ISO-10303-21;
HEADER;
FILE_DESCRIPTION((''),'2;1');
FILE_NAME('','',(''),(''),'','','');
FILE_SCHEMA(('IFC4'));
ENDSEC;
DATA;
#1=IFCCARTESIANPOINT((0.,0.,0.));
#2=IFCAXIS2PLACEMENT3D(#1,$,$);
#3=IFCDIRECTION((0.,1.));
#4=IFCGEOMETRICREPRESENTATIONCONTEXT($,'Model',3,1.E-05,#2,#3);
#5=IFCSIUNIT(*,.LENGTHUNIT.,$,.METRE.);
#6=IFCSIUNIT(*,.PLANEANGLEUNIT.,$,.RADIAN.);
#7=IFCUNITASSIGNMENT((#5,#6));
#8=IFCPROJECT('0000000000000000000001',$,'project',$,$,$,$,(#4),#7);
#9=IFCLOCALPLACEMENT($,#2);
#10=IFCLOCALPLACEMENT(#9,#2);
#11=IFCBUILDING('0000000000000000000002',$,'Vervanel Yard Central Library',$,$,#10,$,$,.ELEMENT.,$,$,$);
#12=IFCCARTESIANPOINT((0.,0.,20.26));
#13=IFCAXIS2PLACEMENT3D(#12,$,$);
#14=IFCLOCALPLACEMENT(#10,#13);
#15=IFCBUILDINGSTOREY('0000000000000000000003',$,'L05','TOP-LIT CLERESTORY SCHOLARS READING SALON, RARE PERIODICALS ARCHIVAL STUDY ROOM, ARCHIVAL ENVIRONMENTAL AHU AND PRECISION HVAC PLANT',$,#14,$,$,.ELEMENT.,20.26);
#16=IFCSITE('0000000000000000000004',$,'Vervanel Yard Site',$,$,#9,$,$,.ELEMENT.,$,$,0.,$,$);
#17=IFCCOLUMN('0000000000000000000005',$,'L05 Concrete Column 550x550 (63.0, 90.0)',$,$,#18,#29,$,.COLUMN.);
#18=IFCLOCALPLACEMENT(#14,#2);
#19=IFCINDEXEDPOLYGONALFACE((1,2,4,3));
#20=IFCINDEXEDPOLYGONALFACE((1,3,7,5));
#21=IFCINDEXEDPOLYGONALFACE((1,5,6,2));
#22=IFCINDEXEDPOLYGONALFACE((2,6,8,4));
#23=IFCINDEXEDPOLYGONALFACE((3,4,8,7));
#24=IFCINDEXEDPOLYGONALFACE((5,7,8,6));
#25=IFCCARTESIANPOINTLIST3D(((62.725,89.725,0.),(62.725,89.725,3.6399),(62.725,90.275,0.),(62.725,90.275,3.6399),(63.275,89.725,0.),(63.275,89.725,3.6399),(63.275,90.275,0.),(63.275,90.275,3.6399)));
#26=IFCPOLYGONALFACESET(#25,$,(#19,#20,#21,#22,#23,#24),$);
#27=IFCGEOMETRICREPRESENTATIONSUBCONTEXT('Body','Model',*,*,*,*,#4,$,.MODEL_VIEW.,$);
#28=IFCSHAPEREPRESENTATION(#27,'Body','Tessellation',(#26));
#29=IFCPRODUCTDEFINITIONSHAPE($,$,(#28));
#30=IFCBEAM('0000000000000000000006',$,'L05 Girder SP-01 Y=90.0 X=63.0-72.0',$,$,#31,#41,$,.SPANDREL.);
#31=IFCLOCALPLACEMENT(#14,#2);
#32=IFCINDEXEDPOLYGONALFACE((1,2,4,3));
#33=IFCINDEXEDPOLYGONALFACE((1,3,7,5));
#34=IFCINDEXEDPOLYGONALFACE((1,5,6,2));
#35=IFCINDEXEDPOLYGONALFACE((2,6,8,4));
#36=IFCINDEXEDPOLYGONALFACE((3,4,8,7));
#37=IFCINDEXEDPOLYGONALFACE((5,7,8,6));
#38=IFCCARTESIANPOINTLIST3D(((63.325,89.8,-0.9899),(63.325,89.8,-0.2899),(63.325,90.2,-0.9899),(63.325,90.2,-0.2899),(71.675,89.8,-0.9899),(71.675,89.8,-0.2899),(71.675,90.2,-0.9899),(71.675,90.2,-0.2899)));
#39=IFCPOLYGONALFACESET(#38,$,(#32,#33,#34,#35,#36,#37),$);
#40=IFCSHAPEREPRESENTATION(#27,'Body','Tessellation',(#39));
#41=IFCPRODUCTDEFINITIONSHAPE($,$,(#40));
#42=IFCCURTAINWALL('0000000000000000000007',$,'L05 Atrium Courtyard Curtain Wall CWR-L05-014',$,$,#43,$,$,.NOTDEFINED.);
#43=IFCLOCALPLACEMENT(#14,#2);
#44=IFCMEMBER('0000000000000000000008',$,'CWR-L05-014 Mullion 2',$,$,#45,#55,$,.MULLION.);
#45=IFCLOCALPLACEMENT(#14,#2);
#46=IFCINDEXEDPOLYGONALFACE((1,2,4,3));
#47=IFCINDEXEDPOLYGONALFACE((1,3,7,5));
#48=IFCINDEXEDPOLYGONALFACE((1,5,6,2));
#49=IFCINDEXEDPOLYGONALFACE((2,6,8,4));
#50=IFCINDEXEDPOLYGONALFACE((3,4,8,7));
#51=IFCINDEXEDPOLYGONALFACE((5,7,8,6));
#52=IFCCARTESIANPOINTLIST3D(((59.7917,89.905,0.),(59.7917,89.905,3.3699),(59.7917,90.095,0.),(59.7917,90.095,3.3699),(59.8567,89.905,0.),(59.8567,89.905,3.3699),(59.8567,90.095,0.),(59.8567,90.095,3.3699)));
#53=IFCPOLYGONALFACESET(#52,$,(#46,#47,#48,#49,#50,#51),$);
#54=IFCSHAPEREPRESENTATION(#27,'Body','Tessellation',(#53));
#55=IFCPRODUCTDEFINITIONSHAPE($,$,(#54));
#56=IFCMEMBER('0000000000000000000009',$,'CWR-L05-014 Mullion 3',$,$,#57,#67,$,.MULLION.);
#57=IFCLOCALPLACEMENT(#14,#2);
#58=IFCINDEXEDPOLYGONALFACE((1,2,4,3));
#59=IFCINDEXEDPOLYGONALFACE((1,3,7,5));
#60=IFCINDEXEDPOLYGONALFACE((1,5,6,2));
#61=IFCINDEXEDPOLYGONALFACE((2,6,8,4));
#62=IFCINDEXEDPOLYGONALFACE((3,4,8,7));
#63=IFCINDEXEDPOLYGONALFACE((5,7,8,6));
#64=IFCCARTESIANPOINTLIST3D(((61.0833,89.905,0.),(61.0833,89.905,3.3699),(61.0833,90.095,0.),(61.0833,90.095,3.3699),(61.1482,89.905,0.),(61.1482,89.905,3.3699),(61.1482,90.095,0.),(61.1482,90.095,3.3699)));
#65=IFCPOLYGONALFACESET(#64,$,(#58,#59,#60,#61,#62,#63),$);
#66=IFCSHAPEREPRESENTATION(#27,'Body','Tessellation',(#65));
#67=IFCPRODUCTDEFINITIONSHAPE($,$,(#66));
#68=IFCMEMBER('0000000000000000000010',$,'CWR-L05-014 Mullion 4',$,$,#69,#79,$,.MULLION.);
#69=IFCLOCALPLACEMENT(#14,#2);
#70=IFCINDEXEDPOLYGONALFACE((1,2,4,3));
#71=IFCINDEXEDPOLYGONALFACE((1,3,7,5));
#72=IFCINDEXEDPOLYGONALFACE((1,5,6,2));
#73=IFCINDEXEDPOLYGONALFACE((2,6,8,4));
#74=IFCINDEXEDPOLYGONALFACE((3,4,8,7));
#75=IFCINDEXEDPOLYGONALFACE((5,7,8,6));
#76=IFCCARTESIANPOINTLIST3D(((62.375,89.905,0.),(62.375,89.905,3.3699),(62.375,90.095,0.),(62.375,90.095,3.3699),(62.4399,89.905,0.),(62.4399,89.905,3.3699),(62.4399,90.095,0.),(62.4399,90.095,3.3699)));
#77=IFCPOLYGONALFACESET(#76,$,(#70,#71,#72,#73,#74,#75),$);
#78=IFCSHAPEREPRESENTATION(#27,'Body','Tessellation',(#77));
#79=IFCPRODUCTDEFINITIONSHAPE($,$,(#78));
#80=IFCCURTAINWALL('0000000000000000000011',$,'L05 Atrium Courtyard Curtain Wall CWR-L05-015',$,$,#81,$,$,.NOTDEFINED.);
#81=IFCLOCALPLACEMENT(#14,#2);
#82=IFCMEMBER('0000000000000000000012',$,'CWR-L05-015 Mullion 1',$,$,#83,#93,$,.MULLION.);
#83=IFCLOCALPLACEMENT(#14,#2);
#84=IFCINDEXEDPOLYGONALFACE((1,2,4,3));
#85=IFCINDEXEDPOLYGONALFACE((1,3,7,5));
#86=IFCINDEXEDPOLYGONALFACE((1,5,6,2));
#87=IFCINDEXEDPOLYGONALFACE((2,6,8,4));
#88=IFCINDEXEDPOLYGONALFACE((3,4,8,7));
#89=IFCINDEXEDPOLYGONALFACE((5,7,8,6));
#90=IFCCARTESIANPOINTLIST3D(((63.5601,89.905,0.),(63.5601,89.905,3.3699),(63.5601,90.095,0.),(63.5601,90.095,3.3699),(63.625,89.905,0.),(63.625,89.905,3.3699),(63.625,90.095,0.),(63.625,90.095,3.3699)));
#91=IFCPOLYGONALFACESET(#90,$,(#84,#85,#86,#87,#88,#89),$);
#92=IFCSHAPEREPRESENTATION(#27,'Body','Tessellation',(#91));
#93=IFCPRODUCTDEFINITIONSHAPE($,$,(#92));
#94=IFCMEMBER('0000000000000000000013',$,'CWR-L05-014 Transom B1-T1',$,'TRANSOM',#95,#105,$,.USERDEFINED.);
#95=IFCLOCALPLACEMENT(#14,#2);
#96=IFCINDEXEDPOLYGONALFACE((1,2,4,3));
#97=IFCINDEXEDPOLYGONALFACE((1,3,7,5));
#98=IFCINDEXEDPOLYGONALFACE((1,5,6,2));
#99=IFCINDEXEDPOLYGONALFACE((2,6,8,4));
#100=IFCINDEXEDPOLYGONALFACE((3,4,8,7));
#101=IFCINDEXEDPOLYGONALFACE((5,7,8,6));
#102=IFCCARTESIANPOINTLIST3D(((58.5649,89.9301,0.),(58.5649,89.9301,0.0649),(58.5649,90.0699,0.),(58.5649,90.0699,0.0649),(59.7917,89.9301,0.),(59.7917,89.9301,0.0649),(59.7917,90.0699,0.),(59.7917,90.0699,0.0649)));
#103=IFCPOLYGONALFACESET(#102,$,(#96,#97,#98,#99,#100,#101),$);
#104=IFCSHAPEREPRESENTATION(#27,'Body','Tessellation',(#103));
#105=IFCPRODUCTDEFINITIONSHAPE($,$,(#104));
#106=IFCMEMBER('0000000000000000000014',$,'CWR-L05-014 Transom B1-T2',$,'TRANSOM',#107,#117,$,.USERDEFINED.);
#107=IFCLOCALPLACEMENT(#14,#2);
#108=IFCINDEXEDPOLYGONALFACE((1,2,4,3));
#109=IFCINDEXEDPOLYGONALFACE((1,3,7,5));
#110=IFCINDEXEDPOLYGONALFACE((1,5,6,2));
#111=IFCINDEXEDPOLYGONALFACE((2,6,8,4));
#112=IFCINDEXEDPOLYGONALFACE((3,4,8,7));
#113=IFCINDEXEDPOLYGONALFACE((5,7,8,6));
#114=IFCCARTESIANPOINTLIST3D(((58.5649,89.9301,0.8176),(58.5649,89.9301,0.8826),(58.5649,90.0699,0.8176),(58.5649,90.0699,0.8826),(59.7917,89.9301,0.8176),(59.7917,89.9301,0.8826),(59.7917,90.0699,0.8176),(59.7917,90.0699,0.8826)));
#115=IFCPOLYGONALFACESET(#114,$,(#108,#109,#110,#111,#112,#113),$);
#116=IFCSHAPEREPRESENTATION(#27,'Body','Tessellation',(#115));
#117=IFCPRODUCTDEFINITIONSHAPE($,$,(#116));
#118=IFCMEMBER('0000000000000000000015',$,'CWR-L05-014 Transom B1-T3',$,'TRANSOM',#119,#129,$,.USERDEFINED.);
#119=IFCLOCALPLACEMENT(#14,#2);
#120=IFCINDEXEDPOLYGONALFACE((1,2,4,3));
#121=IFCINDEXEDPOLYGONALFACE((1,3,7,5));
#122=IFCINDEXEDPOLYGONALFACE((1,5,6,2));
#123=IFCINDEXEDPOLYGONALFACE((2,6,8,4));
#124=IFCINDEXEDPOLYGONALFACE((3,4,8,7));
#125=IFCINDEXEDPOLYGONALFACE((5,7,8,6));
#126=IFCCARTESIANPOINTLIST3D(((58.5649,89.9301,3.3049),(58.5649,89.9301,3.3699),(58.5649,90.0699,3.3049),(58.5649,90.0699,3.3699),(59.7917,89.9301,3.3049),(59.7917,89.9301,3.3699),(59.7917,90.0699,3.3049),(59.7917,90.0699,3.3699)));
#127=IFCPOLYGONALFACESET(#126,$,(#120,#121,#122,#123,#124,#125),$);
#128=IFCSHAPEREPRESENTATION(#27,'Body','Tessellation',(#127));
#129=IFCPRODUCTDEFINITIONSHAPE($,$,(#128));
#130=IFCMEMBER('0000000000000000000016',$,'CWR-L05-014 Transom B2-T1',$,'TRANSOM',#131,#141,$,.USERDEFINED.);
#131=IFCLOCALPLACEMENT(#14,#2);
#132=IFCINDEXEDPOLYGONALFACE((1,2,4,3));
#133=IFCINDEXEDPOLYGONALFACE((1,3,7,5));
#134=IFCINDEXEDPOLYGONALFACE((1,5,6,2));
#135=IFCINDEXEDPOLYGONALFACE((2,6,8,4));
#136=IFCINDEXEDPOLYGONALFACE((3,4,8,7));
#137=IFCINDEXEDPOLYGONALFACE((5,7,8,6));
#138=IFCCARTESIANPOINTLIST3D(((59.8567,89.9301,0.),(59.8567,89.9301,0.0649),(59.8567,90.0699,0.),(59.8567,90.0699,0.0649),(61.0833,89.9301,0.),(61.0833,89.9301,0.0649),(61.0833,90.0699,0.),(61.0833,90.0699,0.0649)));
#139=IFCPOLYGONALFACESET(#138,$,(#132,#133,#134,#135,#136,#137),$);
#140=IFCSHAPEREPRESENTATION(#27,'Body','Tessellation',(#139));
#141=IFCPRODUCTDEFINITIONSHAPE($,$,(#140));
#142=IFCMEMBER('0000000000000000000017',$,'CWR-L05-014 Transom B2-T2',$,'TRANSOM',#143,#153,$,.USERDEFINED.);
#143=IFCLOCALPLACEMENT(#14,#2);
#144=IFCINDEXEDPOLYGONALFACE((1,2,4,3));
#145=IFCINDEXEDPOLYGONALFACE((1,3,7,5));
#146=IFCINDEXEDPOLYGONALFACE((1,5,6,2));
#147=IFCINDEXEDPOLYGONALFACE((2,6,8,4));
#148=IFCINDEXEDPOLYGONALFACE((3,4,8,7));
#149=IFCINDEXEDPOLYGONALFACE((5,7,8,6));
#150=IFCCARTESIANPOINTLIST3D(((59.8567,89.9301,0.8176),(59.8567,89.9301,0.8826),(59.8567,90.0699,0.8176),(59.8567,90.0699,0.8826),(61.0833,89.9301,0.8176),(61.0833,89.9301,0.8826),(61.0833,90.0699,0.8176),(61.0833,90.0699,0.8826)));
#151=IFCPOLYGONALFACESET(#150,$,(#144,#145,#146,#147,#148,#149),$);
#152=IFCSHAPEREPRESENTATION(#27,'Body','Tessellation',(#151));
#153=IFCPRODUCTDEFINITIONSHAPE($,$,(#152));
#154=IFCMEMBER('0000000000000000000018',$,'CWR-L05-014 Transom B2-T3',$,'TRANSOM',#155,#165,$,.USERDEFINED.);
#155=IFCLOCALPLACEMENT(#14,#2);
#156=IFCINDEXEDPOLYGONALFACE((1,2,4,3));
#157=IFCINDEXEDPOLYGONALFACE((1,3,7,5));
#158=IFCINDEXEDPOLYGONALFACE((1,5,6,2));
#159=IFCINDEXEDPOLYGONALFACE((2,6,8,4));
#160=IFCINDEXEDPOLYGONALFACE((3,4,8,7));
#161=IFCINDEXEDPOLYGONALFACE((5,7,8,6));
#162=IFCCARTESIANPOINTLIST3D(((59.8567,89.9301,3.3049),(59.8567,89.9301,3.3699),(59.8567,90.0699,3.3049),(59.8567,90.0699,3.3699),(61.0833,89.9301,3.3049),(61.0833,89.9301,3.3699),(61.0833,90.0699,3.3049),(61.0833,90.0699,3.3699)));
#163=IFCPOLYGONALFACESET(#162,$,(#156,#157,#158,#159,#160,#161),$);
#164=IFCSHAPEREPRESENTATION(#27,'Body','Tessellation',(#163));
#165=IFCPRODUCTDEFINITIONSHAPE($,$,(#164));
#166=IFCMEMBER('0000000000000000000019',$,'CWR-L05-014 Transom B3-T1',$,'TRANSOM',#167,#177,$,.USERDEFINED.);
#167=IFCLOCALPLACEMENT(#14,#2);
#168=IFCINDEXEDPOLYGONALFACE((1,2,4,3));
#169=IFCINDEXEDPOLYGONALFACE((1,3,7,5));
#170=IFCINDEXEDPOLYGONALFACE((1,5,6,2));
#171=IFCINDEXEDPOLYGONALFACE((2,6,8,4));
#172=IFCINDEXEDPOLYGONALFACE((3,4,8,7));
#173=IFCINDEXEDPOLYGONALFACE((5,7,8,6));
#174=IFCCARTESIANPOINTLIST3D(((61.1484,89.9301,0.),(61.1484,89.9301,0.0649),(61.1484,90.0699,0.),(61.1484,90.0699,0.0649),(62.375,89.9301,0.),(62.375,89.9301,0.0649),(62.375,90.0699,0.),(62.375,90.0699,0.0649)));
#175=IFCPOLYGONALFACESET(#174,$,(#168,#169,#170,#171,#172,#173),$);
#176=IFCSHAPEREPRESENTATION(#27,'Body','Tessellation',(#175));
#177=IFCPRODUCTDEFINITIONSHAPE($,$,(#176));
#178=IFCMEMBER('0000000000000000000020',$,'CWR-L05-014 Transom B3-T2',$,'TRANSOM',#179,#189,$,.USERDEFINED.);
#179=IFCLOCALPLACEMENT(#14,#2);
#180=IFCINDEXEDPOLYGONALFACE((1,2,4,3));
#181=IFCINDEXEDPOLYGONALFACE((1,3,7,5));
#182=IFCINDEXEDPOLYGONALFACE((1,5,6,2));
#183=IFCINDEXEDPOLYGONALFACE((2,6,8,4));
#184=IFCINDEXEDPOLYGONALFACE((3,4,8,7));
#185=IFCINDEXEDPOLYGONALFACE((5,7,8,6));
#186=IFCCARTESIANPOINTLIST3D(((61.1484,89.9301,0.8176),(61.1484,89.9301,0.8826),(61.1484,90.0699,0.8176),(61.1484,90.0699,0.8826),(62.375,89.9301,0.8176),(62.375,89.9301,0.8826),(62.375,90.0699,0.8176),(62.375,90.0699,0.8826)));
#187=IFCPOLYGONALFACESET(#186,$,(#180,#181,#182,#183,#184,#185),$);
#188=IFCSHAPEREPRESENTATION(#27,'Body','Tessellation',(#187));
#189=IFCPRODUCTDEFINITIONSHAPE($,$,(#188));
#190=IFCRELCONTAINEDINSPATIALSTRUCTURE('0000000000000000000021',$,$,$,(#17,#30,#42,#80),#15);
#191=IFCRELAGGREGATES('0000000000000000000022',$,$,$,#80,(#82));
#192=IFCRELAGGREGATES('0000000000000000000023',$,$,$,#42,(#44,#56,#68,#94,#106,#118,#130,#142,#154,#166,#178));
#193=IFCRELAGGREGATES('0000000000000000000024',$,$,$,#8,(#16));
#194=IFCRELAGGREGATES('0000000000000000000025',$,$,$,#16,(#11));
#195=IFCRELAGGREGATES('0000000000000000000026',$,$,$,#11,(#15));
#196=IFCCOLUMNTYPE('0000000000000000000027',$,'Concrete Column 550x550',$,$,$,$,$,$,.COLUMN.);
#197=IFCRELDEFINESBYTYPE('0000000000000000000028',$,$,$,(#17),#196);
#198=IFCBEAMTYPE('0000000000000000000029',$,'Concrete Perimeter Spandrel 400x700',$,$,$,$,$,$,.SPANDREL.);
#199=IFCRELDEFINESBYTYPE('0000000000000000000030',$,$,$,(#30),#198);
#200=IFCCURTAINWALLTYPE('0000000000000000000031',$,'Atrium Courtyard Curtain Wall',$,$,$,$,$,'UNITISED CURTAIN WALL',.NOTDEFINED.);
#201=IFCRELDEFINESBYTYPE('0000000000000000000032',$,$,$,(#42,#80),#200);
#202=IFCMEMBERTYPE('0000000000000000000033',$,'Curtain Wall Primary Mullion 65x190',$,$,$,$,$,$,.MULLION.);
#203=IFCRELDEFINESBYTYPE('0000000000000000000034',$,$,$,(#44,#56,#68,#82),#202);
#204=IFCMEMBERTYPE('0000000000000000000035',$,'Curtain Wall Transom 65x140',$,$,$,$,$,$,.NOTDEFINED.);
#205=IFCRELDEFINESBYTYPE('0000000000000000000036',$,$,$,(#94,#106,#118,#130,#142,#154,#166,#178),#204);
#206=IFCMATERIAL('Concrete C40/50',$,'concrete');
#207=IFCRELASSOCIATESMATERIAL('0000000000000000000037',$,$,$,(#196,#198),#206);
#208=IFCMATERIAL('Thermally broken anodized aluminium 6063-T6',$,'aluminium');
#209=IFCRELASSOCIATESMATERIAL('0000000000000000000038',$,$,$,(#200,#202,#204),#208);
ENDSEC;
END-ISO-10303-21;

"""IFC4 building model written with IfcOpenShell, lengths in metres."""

from ifc_helpers import new_model, si_unit, direction, frame, origin, origin_2d, place, context, subcontext, project, spatial, rectangle, extrude, material, material_profile, profile_set, type_object, element, aggregate, save


model = new_model("IFC4")

# Units and contexts
model_context = context("Model", 3, precision=1e-05, world=origin(), true_north=direction((0.0, 1.0)))
body_context = subcontext(model_context, "Body", "Model", "MODEL_VIEW")
ifc_project = project(units=[si_unit("LENGTHUNIT", "METRE"), si_unit("PLANEANGLEUNIT", "RADIAN")], contexts=[model_context])

# Site, building, storey
site_placement = place(None, origin())
site = spatial("IfcSite", under=ifc_project, at=site_placement, Name="Vervanel Yard Site", CompositionType="ELEMENT", RefElevation=0.0)
building_placement = place(site_placement, origin())
building = spatial("IfcBuilding", under=site, at=building_placement, Name="Vervanel Yard Central Library", CompositionType="ELEMENT")
storey_placement = place(building_placement, frame((0.0, 0.0, 20.26)))
storey = spatial("IfcBuildingStorey", under=building, at=storey_placement, Name="L05", Description="TOP-LIT CLERESTORY SCHOLARS READING SALON, RARE PERIODICALS ARCHIVAL STUDY ROOM, ARCHIVAL ENVIRONMENTAL AHU AND PRECISION HVAC PLANT", CompositionType="ELEMENT", Elevation=20.26)

# Column
ifc_material_1 = material(Name="Concrete C40/50", Category="concrete")
ifc_material_profile_1 = material_profile(ifc_material_1, rectangle(XDim=0.55, YDim=0.55, at=origin_2d()), Name="RC 550x550", Category="concrete")
ifc_profile_set_1 = profile_set([ifc_material_profile_1], Name="Concrete C40/50")
column_type = type_object("IfcColumnType", Name="Concrete Column 550x550", PredefinedType="COLUMN", material=ifc_profile_set_1)
column_placement = place(storey_placement, frame((63.0, 90.0, 0.0), z_axis=(0.0, 0.0, 1.0), x_axis=(1.0, 0.0, 0.0)))
element("IfcColumn", 1, at=column_placement, inside=storey, type_object=column_type, Name="L05 Concrete Column 550x550 (63.0, 90.0)", PredefinedType="COLUMN", context=body_context, shape_type="SweptSolid", body=[
    extrude(rectangle(XDim=0.55, YDim=0.55, at=origin_2d()), origin(), (0.0, 0.0, 1.0), 3.6399),
])

# Beam
ifc_material_profile_2 = material_profile(ifc_material_1, rectangle(XDim=0.3999, YDim=0.7, at=origin_2d()), Name="RC 400x700", Category="concrete")
ifc_profile_set_2 = profile_set([ifc_material_profile_2], Name="Concrete C40/50")
beam_type = type_object("IfcBeamType", Name="Concrete Perimeter Spandrel 400x700", PredefinedType="SPANDREL", material=ifc_profile_set_2)
beam_placement = place(storey_placement, frame((63.325, 90.0, -0.6399), z_axis=(1.0, 0.0, 0.0), x_axis=(0.0, 1.0, 0.0)))
element("IfcBeam", 2, at=beam_placement, inside=storey, type_object=beam_type, Name="L05 Girder SP-01 Y=90.0 X=63.0-72.0", PredefinedType="SPANDREL", context=body_context, shape_type="SweptSolid", body=[
    extrude(rectangle(XDim=0.3999, YDim=0.7, at=origin_2d()), origin(), (0.0, 0.0, 1.0), 8.3501),
])

# Curtain wall, members
ifc_material_2 = material(Name="Thermally broken anodized aluminium 6063-T6", Category="aluminium")
curtain_wall_type = type_object("IfcCurtainWallType", Name="Atrium Courtyard Curtain Wall", ElementType="UNITISED CURTAIN WALL", PredefinedType="NOTDEFINED", material=ifc_material_2)
curtain_wall_1_placement = place(storey_placement, origin())
curtain_wall_1 = element("IfcCurtainWall", 3, at=curtain_wall_1_placement, inside=storey, type_object=curtain_wall_type, Name="L05 Atrium Courtyard Curtain Wall CWR-L05-014", PredefinedType="NOTDEFINED")
ifc_material_profile_3 = material_profile(ifc_material_2, rectangle(XDim=0.0649, YDim=0.1899, at=origin_2d()), Name="ALU 65x190", Category="aluminium")
ifc_profile_set_3 = profile_set([ifc_material_profile_3], Name="Thermally broken anodized aluminium 6063-T6")
member_type_1 = type_object("IfcMemberType", Name="Curtain Wall Primary Mullion 65x190", PredefinedType="MULLION", material=ifc_profile_set_3)
member_1_placement = place(storey_placement, frame((59.8242, 90.0, 0.0), z_axis=(0.0, 0.0, 1.0), x_axis=(1.0, 0.0, 0.0)))
member_1 = element("IfcMember", 4, at=member_1_placement, type_object=member_type_1, Name="CWR-L05-014 Mullion 2", PredefinedType="MULLION", context=body_context, shape_type="SweptSolid", body=[
    extrude(rectangle(XDim=0.0649, YDim=0.1899, at=origin_2d()), origin(), (0.0, 0.0, 1.0), 3.3699),
])
member_2_placement = place(storey_placement, frame((61.1157, 90.0, 0.0), z_axis=(0.0, 0.0, 1.0), x_axis=(1.0, 0.0, 0.0)))
member_2 = element("IfcMember", 5, at=member_2_placement, type_object=member_type_1, Name="CWR-L05-014 Mullion 3", PredefinedType="MULLION", context=body_context, shape_type="SweptSolid", body=[
    extrude(rectangle(XDim=0.0649, YDim=0.1899, at=origin_2d()), origin(), (0.0, 0.0, 1.0), 3.3699),
])
member_3_placement = place(storey_placement, frame((62.4075, 90.0, 0.0), z_axis=(0.0, 0.0, 1.0), x_axis=(1.0, 0.0, 0.0)))
member_3 = element("IfcMember", 6, at=member_3_placement, type_object=member_type_1, Name="CWR-L05-014 Mullion 4", PredefinedType="MULLION", context=body_context, shape_type="SweptSolid", body=[
    extrude(rectangle(XDim=0.0649, YDim=0.1899, at=origin_2d()), origin(), (0.0, 0.0, 1.0), 3.3699),
])

# Curtain wall, member
curtain_wall_2_placement = place(storey_placement, origin())
curtain_wall_2 = element("IfcCurtainWall", 7, at=curtain_wall_2_placement, inside=storey, type_object=curtain_wall_type, Name="L05 Atrium Courtyard Curtain Wall CWR-L05-015", PredefinedType="NOTDEFINED")
member_4_placement = place(storey_placement, frame((63.5925, 90.0, 0.0), z_axis=(0.0, 0.0, 1.0), x_axis=(1.0, 0.0, 0.0)))
member_4 = element("IfcMember", 8, at=member_4_placement, type_object=member_type_1, Name="CWR-L05-015 Mullion 1", PredefinedType="MULLION", context=body_context, shape_type="SweptSolid", body=[
    extrude(rectangle(XDim=0.0649, YDim=0.1899, at=origin_2d()), origin(), (0.0, 0.0, 1.0), 3.3699),
])

# Members
ifc_material_profile_4 = material_profile(ifc_material_2, rectangle(XDim=0.0649, YDim=0.1399, at=origin_2d()), Name="ALU 65x140", Category="aluminium")
ifc_profile_set_4 = profile_set([ifc_material_profile_4], Name="Thermally broken anodized aluminium 6063-T6")
member_type_2 = type_object("IfcMemberType", Name="Curtain Wall Transom 65x140", PredefinedType="NOTDEFINED", material=ifc_profile_set_4)
member_5_placement = place(storey_placement, frame((58.5649, 90.0, 0.0325), z_axis=(1.0, 0.0, 0.0), x_axis=(0.0, 0.0, 1.0)))
member_5 = element("IfcMember", 9, at=member_5_placement, type_object=member_type_2, Name="CWR-L05-014 Transom B1-T1", ObjectType="TRANSOM", PredefinedType="USERDEFINED", context=body_context, shape_type="SweptSolid", body=[
    extrude(rectangle(XDim=0.0649, YDim=0.1399, at=origin_2d()), origin(), (0.0, 0.0, 1.0), 1.2268),
])
member_6_placement = place(storey_placement, frame((58.5649, 90.0, 0.8501), z_axis=(1.0, 0.0, 0.0), x_axis=(0.0, 0.0, 1.0)))
member_6 = element("IfcMember", 10, at=member_6_placement, type_object=member_type_2, Name="CWR-L05-014 Transom B1-T2", ObjectType="TRANSOM", PredefinedType="USERDEFINED", context=body_context, shape_type="SweptSolid", body=[
    extrude(rectangle(XDim=0.0649, YDim=0.1399, at=origin_2d()), origin(), (0.0, 0.0, 1.0), 1.2268),
])
member_7_placement = place(storey_placement, frame((58.5649, 90.0, 3.3374), z_axis=(1.0, 0.0, 0.0), x_axis=(0.0, 0.0, 1.0)))
member_7 = element("IfcMember", 11, at=member_7_placement, type_object=member_type_2, Name="CWR-L05-014 Transom B1-T3", ObjectType="TRANSOM", PredefinedType="USERDEFINED", context=body_context, shape_type="SweptSolid", body=[
    extrude(rectangle(XDim=0.0649, YDim=0.1399, at=origin_2d()), origin(), (0.0, 0.0, 1.0), 1.2268),
])
member_8_placement = place(storey_placement, frame((59.8567, 90.0, 0.0325), z_axis=(1.0, 0.0, 0.0), x_axis=(0.0, 0.0, 1.0)))
member_8 = element("IfcMember", 12, at=member_8_placement, type_object=member_type_2, Name="CWR-L05-014 Transom B2-T1", ObjectType="TRANSOM", PredefinedType="USERDEFINED", context=body_context, shape_type="SweptSolid", body=[
    extrude(rectangle(XDim=0.0649, YDim=0.1399, at=origin_2d()), origin(), (0.0, 0.0, 1.0), 1.2266),
])
member_9_placement = place(storey_placement, frame((59.8567, 90.0, 0.8501), z_axis=(1.0, 0.0, 0.0), x_axis=(0.0, 0.0, 1.0)))
member_9 = element("IfcMember", 13, at=member_9_placement, type_object=member_type_2, Name="CWR-L05-014 Transom B2-T2", ObjectType="TRANSOM", PredefinedType="USERDEFINED", context=body_context, shape_type="SweptSolid", body=[
    extrude(rectangle(XDim=0.0649, YDim=0.1399, at=origin_2d()), origin(), (0.0, 0.0, 1.0), 1.2266),
])
member_10_placement = place(storey_placement, frame((59.8567, 90.0, 3.3374), z_axis=(1.0, 0.0, 0.0), x_axis=(0.0, 0.0, 1.0)))
member_10 = element("IfcMember", 14, at=member_10_placement, type_object=member_type_2, Name="CWR-L05-014 Transom B2-T3", ObjectType="TRANSOM", PredefinedType="USERDEFINED", context=body_context, shape_type="SweptSolid", body=[
    extrude(rectangle(XDim=0.0649, YDim=0.1399, at=origin_2d()), origin(), (0.0, 0.0, 1.0), 1.2266),
])
member_11_placement = place(storey_placement, frame((61.1484, 90.0, 0.0325), z_axis=(1.0, 0.0, 0.0), x_axis=(0.0, 0.0, 1.0)))
member_11 = element("IfcMember", 15, at=member_11_placement, type_object=member_type_2, Name="CWR-L05-014 Transom B3-T1", ObjectType="TRANSOM", PredefinedType="USERDEFINED", context=body_context, shape_type="SweptSolid", body=[
    extrude(rectangle(XDim=0.0649, YDim=0.1399, at=origin_2d()), origin(), (0.0, 0.0, 1.0), 1.2266),
])
member_12_placement = place(storey_placement, frame((61.1484, 90.0, 0.8501), z_axis=(1.0, 0.0, 0.0), x_axis=(0.0, 0.0, 1.0)))
member_12 = element("IfcMember", 16, at=member_12_placement, type_object=member_type_2, Name="CWR-L05-014 Transom B3-T2", ObjectType="TRANSOM", PredefinedType="USERDEFINED", context=body_context, shape_type="SweptSolid", body=[
    extrude(rectangle(XDim=0.0649, YDim=0.1399, at=origin_2d()), origin(), (0.0, 0.0, 1.0), 1.2266),
])
aggregate(curtain_wall_2, [member_4])

aggregate(curtain_wall_1, [member_1, member_2, member_3, member_5, member_6, member_7, member_8, member_9, member_10, member_11, member_12])

save(model, "model.ifc")
